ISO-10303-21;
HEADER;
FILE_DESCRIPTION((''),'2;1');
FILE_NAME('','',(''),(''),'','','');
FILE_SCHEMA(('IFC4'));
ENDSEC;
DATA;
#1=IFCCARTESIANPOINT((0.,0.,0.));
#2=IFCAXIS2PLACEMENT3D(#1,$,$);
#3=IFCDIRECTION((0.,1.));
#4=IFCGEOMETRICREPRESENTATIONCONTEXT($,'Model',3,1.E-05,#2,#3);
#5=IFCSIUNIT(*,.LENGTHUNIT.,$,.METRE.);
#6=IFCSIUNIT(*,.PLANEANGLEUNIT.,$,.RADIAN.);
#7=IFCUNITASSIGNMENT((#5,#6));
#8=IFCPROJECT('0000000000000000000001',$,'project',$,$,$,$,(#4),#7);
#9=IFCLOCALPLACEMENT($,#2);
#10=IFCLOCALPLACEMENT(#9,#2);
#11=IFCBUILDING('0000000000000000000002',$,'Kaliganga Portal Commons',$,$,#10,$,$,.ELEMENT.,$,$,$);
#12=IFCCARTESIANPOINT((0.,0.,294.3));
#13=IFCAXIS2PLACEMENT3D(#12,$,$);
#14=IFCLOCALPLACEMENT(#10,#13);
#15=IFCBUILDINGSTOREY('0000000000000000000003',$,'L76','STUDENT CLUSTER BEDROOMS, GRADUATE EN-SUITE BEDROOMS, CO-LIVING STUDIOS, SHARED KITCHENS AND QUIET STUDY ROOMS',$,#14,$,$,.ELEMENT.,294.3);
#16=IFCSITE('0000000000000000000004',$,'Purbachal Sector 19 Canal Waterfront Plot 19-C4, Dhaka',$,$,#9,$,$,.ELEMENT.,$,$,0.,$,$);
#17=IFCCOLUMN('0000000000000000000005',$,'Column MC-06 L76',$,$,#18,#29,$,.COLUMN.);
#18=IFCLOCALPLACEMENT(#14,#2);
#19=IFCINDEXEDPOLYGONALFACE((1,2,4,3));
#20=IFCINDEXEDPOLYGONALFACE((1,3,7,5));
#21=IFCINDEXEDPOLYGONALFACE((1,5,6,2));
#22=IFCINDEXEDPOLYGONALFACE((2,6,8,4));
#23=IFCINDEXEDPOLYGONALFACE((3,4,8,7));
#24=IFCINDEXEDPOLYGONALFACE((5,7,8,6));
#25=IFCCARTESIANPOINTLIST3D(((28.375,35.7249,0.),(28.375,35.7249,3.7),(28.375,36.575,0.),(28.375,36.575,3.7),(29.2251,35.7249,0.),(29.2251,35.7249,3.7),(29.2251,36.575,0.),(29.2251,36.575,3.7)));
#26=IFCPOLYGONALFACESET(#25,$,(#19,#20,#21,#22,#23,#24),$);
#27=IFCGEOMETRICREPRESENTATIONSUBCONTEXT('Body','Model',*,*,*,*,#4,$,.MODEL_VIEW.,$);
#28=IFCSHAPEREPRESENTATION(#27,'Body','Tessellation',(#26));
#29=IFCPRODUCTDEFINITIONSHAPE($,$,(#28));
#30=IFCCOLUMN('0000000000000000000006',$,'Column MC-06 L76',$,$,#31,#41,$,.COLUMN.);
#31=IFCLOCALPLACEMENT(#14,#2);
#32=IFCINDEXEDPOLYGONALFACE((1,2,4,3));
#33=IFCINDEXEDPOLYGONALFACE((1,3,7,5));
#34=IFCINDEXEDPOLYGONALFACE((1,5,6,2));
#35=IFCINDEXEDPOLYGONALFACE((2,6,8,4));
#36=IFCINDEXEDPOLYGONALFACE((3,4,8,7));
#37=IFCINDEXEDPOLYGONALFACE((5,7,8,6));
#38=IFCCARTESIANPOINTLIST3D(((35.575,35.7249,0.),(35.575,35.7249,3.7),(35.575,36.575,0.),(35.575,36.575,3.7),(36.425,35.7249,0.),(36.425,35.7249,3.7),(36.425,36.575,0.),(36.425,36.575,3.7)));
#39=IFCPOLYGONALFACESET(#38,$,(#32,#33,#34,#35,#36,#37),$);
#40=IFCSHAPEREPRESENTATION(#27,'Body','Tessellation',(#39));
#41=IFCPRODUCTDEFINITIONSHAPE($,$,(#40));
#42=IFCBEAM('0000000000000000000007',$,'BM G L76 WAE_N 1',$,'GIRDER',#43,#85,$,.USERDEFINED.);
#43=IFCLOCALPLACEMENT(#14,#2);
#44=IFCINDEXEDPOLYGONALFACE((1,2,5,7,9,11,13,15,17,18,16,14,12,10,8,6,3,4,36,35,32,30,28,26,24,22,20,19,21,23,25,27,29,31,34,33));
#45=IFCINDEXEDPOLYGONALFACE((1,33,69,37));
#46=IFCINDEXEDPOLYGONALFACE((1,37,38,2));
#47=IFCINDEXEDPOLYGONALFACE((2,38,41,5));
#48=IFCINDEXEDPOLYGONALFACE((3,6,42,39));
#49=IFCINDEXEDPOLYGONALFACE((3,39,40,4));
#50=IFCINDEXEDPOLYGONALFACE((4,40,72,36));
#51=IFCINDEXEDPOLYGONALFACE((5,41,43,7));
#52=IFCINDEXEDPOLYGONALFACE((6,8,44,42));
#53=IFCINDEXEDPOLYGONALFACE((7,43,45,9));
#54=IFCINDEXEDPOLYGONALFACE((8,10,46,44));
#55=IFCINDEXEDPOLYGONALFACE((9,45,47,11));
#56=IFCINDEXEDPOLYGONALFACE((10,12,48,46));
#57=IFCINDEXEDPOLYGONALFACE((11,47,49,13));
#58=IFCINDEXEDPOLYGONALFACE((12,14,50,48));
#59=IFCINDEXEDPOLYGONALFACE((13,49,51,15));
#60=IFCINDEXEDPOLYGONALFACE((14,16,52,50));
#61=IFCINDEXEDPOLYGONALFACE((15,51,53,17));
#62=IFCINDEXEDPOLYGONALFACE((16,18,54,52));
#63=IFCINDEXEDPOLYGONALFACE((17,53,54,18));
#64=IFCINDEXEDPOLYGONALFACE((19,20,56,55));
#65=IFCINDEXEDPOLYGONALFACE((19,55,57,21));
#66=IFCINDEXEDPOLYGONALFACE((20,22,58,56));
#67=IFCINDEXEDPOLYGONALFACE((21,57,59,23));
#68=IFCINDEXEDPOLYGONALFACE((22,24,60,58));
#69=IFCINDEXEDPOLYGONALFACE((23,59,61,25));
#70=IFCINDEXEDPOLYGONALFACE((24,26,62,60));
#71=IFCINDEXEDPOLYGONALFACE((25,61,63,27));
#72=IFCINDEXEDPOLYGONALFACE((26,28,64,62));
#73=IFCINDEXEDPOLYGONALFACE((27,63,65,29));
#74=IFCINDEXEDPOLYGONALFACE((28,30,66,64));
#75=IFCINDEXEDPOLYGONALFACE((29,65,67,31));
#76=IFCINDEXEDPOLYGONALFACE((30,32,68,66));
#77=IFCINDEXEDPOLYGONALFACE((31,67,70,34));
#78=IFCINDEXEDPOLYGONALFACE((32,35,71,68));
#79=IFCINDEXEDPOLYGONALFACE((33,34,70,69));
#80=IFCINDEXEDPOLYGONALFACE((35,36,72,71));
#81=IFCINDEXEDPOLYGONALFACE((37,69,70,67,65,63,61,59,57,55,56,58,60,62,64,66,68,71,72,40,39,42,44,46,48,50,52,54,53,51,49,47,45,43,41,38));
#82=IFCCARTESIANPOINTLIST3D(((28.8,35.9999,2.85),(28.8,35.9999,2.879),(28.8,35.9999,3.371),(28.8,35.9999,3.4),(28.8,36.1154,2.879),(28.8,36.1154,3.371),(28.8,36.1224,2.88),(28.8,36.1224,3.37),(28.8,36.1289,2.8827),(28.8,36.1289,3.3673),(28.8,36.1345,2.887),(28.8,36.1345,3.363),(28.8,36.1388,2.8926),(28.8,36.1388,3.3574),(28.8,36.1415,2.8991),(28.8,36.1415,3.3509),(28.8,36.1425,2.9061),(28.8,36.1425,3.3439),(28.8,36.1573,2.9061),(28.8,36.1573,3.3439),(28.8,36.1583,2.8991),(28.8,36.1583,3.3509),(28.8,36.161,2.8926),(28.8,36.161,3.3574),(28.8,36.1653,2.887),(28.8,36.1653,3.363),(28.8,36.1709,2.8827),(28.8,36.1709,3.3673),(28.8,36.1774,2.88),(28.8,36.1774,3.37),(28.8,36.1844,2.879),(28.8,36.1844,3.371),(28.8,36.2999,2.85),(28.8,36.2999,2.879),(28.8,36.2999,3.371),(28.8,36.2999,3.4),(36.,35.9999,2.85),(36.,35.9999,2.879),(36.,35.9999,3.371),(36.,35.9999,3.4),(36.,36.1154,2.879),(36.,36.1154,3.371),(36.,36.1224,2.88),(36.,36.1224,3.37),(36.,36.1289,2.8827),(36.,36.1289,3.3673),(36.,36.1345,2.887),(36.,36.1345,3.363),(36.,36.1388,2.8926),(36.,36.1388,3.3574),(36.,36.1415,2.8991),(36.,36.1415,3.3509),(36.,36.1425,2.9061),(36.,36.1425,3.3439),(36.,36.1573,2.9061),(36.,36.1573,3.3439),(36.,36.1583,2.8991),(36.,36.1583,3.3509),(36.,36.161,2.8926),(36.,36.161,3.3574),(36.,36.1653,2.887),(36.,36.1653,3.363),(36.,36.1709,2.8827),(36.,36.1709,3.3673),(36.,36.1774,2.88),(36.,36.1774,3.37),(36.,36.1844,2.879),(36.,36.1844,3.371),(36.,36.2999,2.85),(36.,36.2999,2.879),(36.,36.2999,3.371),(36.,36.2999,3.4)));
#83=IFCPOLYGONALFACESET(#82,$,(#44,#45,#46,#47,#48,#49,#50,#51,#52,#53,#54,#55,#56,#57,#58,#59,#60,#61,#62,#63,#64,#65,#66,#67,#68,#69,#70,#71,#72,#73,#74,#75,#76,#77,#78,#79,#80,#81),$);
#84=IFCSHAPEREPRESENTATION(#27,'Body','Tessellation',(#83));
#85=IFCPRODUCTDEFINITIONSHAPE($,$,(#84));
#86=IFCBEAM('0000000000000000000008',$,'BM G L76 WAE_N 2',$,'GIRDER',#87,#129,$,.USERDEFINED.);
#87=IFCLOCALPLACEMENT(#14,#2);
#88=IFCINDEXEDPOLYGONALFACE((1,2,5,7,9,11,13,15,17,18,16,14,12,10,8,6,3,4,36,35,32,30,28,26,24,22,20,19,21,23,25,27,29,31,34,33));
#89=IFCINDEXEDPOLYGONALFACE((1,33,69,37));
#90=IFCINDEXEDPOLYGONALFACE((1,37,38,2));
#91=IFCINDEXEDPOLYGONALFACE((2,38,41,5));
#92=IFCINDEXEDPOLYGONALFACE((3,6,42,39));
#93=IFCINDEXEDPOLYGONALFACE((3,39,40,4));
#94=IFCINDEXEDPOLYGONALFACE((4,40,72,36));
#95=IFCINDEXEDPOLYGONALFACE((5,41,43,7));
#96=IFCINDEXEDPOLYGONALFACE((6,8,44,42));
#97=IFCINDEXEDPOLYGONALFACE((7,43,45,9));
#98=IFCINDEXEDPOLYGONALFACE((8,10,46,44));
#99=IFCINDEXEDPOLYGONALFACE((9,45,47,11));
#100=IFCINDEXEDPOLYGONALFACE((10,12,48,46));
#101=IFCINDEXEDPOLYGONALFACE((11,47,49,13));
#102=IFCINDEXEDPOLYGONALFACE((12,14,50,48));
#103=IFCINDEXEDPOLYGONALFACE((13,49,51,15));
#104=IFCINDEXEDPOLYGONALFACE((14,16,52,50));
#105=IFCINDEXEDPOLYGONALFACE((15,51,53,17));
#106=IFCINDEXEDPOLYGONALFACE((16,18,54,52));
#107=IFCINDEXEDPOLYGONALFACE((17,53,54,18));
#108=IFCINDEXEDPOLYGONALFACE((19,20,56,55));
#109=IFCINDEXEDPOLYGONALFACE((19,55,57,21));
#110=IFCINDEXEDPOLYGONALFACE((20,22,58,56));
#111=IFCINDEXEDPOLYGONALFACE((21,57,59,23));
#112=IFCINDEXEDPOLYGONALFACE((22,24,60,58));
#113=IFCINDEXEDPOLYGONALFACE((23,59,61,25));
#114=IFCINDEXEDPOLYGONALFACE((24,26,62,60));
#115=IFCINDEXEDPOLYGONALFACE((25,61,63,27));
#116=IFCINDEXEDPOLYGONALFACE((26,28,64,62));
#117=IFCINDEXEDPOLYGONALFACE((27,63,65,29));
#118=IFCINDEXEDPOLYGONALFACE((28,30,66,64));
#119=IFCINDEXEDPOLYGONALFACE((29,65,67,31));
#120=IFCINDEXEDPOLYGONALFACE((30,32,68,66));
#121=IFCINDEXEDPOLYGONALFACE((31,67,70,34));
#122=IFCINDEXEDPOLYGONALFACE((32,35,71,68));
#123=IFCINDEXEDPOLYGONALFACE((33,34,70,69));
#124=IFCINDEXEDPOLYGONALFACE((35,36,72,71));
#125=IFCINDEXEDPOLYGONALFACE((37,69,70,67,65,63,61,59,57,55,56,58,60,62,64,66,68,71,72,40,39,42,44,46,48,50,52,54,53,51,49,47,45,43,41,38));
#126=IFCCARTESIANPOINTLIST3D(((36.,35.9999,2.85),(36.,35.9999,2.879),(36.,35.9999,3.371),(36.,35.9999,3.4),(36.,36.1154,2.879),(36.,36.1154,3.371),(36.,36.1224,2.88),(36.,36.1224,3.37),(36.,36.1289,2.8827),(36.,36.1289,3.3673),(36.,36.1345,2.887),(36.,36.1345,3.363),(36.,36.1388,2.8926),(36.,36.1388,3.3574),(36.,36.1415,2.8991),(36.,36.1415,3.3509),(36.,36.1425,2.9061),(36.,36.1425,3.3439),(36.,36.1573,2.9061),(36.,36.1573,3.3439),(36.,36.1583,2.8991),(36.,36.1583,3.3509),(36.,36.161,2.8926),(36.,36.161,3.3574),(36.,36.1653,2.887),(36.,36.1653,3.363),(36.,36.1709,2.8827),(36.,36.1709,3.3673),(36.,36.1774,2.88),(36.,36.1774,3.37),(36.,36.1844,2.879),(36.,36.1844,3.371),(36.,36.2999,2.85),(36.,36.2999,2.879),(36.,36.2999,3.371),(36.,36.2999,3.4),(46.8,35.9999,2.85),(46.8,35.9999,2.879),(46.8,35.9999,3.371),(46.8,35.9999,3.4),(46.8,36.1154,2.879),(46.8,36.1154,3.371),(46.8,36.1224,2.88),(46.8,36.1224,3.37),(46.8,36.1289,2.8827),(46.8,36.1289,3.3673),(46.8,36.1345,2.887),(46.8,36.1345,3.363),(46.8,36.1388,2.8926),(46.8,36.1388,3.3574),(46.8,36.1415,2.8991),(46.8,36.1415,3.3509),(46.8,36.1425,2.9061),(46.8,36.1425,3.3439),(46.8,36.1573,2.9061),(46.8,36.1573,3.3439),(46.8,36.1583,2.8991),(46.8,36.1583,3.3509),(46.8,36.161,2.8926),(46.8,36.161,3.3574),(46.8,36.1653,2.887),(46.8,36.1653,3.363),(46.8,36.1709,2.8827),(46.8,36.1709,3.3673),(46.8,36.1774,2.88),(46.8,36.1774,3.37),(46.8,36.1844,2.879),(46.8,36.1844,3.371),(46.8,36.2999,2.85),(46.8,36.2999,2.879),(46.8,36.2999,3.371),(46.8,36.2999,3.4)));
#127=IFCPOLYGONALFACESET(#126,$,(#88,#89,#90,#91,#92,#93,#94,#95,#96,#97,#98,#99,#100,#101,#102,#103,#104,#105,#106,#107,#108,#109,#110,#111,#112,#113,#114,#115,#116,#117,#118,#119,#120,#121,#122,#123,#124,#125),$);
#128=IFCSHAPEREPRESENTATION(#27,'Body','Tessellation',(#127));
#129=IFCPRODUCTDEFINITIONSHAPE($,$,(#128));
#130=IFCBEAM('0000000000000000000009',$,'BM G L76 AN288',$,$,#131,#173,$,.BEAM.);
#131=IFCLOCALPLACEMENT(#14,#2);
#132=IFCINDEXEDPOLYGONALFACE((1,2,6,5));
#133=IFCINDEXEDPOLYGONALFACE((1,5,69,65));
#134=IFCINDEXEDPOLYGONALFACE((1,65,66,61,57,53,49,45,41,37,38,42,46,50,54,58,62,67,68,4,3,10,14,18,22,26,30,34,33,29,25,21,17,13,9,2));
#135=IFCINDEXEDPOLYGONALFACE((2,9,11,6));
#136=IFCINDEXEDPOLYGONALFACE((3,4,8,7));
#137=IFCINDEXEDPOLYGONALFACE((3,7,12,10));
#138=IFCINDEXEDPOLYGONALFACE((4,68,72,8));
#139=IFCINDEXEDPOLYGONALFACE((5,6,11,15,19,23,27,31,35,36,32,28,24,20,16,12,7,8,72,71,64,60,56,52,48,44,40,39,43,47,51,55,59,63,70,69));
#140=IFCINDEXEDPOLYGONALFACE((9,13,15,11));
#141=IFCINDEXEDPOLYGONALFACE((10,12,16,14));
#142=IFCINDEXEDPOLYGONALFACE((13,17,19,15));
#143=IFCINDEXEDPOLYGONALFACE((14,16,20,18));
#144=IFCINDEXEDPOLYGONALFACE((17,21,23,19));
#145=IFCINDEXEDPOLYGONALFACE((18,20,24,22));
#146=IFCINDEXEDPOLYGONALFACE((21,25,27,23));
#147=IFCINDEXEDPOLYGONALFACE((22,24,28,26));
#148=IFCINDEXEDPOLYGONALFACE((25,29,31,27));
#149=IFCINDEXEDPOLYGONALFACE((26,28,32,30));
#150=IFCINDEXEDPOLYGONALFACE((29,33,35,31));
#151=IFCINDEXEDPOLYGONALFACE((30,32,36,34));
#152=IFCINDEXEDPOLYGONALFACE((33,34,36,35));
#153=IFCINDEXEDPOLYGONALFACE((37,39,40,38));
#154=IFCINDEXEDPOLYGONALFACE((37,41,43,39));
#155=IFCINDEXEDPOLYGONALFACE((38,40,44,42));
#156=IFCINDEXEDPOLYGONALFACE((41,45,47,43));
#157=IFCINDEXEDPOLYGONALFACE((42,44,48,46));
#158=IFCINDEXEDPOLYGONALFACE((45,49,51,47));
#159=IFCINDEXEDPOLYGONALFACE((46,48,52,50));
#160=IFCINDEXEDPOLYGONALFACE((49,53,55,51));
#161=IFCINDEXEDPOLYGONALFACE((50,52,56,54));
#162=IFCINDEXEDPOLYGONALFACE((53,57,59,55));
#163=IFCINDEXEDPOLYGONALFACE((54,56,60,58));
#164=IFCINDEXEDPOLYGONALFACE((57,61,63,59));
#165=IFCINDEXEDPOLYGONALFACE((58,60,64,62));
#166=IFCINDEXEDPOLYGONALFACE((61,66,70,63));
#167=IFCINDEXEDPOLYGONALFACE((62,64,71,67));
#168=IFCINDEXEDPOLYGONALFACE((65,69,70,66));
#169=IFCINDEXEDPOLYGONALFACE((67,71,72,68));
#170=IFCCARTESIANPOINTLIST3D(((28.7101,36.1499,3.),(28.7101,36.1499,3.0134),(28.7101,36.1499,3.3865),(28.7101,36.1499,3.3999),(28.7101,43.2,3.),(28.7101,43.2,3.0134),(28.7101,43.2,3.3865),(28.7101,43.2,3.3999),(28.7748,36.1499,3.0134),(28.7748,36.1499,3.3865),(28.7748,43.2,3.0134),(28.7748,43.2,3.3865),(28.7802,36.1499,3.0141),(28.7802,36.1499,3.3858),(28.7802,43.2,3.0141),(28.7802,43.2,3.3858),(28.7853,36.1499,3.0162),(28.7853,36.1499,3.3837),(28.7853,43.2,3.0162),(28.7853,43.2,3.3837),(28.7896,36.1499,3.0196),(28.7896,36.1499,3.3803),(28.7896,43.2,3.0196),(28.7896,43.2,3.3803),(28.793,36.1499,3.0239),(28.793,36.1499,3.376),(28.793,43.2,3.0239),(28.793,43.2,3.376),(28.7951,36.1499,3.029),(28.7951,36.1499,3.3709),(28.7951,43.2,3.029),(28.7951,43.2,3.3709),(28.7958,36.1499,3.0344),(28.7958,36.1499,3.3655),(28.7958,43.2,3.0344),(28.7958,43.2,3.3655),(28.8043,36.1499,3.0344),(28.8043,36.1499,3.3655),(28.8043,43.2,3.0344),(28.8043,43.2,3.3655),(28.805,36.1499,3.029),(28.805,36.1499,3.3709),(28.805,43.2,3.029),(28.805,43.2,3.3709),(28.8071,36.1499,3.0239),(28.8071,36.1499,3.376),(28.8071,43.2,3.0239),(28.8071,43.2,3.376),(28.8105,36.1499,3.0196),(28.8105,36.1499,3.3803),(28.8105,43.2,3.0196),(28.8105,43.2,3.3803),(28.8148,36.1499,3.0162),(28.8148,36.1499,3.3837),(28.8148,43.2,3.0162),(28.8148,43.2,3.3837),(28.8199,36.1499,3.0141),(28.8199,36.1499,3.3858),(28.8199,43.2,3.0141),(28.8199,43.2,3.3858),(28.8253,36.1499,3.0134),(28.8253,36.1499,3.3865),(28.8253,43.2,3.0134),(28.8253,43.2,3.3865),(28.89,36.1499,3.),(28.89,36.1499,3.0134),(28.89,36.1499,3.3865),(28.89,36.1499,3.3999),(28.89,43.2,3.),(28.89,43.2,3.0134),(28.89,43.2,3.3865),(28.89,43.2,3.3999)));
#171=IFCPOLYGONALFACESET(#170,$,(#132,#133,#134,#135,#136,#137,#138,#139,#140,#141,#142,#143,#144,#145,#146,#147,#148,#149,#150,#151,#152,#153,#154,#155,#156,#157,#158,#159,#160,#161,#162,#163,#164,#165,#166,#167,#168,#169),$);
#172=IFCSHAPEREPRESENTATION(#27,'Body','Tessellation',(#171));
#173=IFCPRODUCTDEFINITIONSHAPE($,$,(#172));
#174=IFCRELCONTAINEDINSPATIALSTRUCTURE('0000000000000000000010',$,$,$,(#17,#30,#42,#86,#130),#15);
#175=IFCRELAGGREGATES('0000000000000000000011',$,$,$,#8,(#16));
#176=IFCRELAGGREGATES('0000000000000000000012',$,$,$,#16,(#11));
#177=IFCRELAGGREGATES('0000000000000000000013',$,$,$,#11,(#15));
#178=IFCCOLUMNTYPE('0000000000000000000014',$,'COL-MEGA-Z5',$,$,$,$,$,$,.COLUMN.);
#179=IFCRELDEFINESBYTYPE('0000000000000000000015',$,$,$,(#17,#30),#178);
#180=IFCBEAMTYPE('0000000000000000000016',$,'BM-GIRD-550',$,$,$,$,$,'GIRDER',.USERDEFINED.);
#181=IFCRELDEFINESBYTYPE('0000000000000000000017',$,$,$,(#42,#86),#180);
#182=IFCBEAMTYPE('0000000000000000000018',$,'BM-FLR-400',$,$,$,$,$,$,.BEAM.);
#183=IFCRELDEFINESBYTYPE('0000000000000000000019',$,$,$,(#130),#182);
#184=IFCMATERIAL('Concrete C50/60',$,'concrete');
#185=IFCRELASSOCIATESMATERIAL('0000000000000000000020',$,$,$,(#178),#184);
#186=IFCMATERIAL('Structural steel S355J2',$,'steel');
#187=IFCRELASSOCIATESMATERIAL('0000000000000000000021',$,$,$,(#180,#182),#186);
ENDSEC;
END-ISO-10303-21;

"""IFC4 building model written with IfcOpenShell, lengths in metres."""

from ifc_helpers import new_model, si_unit, direction, frame, origin, origin_2d, place, context, subcontext, project, spatial, rectangle, i_section, extrude, source, transform, mapped, material, material_profile, profile_set, type_object, element, save


model = new_model("IFC4")

# Units and contexts
model_context = context("Model", 3, precision=1e-05, world=origin(), true_north=direction((0.0, 1.0)))
body_context = subcontext(model_context, "Body", "Model", "MODEL_VIEW")
ifc_project = project(units=[si_unit("LENGTHUNIT", "METRE"), si_unit("PLANEANGLEUNIT", "RADIAN")], contexts=[model_context])

# Site, building, storey
site_placement = place(None, origin())
site = spatial("IfcSite", under=ifc_project, at=site_placement, Name="Purbachal Sector 19 Canal Waterfront Plot 19-C4, Dhaka", CompositionType="ELEMENT", RefElevation=0.0)
building_placement = place(site_placement, origin())
building = spatial("IfcBuilding", under=site, at=building_placement, Name="Kaliganga Portal Commons", CompositionType="ELEMENT")
storey_placement = place(building_placement, frame((0.0, 0.0, 294.3)))
storey = spatial("IfcBuildingStorey", under=building, at=storey_placement, Name="L76", Description="STUDENT CLUSTER BEDROOMS, GRADUATE EN-SUITE BEDROOMS, CO-LIVING STUDIOS, SHARED KITCHENS AND QUIET STUDY ROOMS", CompositionType="ELEMENT", Elevation=294.3)

# Columns
ifc_material_1 = material(Name="Concrete C50/60", Category="concrete")
ifc_material_profile_1 = material_profile(ifc_material_1, rectangle(XDim=0.8501, YDim=0.8501, at=origin_2d()), Name="RC 850x850")
ifc_profile_set_1 = profile_set([ifc_material_profile_1], Name="Concrete C50/60")
column_type = type_object("IfcColumnType", Name="COL-MEGA-Z5", PredefinedType="COLUMN", material=ifc_profile_set_1)
shared_shape_1 = source(origin(), body_context, "Body", "SweptSolid", [
    extrude(rectangle(XDim=0.8501, YDim=0.8501, at=origin_2d()), origin(), (0.0, 0.0, 1.0), 3.7),
])
for number, where, z_axis, x_axis, name in (
    (1, (28.8, 36.1499, 0.0), (0.0, 0.0, 1.0), (1.0, 0.0, 0.0), "Column MC-06 L76"),
    (2, (36.0, 36.1499, 0.0), (0.0, 0.0, 1.0), (1.0, 0.0, 0.0), "Column MC-06 L76"),
):
    element("IfcColumn", number, at=place(storey_placement, frame(where, z_axis=z_axis, x_axis=x_axis)), inside=storey, type_object=column_type, Name=name, PredefinedType="COLUMN", context=body_context, shape_type="MappedRepresentation", body=[
        mapped(shared_shape_1, transform((0.0, 0.0, 0.0), x_axis=(1.0, 0.0, 0.0), y_axis=(0.0, 1.0, 0.0), z_axis=(0.0, 0.0, 1.0), scale=1.0)),
    ])

# Beams
ifc_material_2 = material(Name="Structural steel S355J2", Category="steel")
ifc_material_profile_2 = material_profile(ifc_material_2, i_section(OverallWidth=0.3, OverallDepth=0.55, WebThickness=0.0149, FlangeThickness=0.0291, FilletRadius=0.0271, at=origin_2d()), Name="HE 550 B")
ifc_profile_set_2 = profile_set([ifc_material_profile_2], Name="Structural steel S355J2 wide-flange")
beam_type_1 = type_object("IfcBeamType", Name="BM-GIRD-550", ElementType="GIRDER", PredefinedType="USERDEFINED", material=ifc_profile_set_2)
shared_shape_2 = source(origin(), body_context, "Body", "SweptSolid", [
    extrude(i_section(OverallWidth=0.3, OverallDepth=0.55, WebThickness=0.0149, FlangeThickness=0.0291, FilletRadius=0.0271, at=origin_2d()), origin(), (0.0, 0.0, 1.0), 7.2),
])
beam_1_placement = place(storey_placement, frame((28.8, 36.1499, 3.125), z_axis=(1.0, 0.0, 0.0), x_axis=(0.0, 1.0, 0.0)))
element("IfcBeam", 3, at=beam_1_placement, inside=storey, type_object=beam_type_1, Name="BM G L76 WAE_N 1", ObjectType="GIRDER", PredefinedType="USERDEFINED", context=body_context, shape_type="MappedRepresentation", body=[
    mapped(shared_shape_2, transform((0.0, 0.0, 0.0), x_axis=(1.0, 0.0, 0.0), y_axis=(0.0, 1.0, 0.0), z_axis=(0.0, 0.0, 1.0), scale=1.0)),
])
shared_shape_3 = source(origin(), body_context, "Body", "SweptSolid", [
    extrude(i_section(OverallWidth=0.3, OverallDepth=0.55, WebThickness=0.0149, FlangeThickness=0.0291, FilletRadius=0.0271, at=origin_2d()), origin(), (0.0, 0.0, 1.0), 10.8),
])
beam_2_placement = place(storey_placement, frame((36.0, 36.1499, 3.125), z_axis=(1.0, 0.0, 0.0), x_axis=(0.0, 1.0, 0.0)))
element("IfcBeam", 4, at=beam_2_placement, inside=storey, type_object=beam_type_1, Name="BM G L76 WAE_N 2", ObjectType="GIRDER", PredefinedType="USERDEFINED", context=body_context, shape_type="MappedRepresentation", body=[
    mapped(shared_shape_3, transform((0.0, 0.0, 0.0), x_axis=(1.0, 0.0, 0.0), y_axis=(0.0, 1.0, 0.0), z_axis=(0.0, 0.0, 1.0), scale=1.0)),
])
ifc_material_profile_3 = material_profile(ifc_material_2, i_section(OverallWidth=0.1799, OverallDepth=0.3999, WebThickness=0.0085, FlangeThickness=0.0134, FilletRadius=0.021, at=origin_2d()), Name="IPE 400")
ifc_profile_set_3 = profile_set([ifc_material_profile_3], Name="Structural steel S355J2 wide-flange")
beam_type_2 = type_object("IfcBeamType", Name="BM-FLR-400", PredefinedType="BEAM", material=ifc_profile_set_3)
shared_shape_4 = source(origin(), body_context, "Body", "SweptSolid", [
    extrude(i_section(OverallWidth=0.1799, OverallDepth=0.3999, WebThickness=0.0085, FlangeThickness=0.0134, FilletRadius=0.021, at=origin_2d()), origin(), (0.0, 0.0, 1.0), 7.05),
])
for number, where, z_axis, x_axis, name in (
    (5, (28.8, 36.1499, 3.2), (0.0, 1.0, 0.0), (-1.0, 0.0, 0.0), "BM G L76 AN288"),
):
    element("IfcBeam", number, at=place(storey_placement, frame(where, z_axis=z_axis, x_axis=x_axis)), inside=storey, type_object=beam_type_2, Name=name, PredefinedType="BEAM", context=body_context, shape_type="MappedRepresentation", body=[
        mapped(shared_shape_4, transform((0.0, 0.0, 0.0), x_axis=(1.0, 0.0, 0.0), y_axis=(0.0, 1.0, 0.0), z_axis=(0.0, 0.0, 1.0), scale=1.0)),
    ])

save(model, "model.ifc")
